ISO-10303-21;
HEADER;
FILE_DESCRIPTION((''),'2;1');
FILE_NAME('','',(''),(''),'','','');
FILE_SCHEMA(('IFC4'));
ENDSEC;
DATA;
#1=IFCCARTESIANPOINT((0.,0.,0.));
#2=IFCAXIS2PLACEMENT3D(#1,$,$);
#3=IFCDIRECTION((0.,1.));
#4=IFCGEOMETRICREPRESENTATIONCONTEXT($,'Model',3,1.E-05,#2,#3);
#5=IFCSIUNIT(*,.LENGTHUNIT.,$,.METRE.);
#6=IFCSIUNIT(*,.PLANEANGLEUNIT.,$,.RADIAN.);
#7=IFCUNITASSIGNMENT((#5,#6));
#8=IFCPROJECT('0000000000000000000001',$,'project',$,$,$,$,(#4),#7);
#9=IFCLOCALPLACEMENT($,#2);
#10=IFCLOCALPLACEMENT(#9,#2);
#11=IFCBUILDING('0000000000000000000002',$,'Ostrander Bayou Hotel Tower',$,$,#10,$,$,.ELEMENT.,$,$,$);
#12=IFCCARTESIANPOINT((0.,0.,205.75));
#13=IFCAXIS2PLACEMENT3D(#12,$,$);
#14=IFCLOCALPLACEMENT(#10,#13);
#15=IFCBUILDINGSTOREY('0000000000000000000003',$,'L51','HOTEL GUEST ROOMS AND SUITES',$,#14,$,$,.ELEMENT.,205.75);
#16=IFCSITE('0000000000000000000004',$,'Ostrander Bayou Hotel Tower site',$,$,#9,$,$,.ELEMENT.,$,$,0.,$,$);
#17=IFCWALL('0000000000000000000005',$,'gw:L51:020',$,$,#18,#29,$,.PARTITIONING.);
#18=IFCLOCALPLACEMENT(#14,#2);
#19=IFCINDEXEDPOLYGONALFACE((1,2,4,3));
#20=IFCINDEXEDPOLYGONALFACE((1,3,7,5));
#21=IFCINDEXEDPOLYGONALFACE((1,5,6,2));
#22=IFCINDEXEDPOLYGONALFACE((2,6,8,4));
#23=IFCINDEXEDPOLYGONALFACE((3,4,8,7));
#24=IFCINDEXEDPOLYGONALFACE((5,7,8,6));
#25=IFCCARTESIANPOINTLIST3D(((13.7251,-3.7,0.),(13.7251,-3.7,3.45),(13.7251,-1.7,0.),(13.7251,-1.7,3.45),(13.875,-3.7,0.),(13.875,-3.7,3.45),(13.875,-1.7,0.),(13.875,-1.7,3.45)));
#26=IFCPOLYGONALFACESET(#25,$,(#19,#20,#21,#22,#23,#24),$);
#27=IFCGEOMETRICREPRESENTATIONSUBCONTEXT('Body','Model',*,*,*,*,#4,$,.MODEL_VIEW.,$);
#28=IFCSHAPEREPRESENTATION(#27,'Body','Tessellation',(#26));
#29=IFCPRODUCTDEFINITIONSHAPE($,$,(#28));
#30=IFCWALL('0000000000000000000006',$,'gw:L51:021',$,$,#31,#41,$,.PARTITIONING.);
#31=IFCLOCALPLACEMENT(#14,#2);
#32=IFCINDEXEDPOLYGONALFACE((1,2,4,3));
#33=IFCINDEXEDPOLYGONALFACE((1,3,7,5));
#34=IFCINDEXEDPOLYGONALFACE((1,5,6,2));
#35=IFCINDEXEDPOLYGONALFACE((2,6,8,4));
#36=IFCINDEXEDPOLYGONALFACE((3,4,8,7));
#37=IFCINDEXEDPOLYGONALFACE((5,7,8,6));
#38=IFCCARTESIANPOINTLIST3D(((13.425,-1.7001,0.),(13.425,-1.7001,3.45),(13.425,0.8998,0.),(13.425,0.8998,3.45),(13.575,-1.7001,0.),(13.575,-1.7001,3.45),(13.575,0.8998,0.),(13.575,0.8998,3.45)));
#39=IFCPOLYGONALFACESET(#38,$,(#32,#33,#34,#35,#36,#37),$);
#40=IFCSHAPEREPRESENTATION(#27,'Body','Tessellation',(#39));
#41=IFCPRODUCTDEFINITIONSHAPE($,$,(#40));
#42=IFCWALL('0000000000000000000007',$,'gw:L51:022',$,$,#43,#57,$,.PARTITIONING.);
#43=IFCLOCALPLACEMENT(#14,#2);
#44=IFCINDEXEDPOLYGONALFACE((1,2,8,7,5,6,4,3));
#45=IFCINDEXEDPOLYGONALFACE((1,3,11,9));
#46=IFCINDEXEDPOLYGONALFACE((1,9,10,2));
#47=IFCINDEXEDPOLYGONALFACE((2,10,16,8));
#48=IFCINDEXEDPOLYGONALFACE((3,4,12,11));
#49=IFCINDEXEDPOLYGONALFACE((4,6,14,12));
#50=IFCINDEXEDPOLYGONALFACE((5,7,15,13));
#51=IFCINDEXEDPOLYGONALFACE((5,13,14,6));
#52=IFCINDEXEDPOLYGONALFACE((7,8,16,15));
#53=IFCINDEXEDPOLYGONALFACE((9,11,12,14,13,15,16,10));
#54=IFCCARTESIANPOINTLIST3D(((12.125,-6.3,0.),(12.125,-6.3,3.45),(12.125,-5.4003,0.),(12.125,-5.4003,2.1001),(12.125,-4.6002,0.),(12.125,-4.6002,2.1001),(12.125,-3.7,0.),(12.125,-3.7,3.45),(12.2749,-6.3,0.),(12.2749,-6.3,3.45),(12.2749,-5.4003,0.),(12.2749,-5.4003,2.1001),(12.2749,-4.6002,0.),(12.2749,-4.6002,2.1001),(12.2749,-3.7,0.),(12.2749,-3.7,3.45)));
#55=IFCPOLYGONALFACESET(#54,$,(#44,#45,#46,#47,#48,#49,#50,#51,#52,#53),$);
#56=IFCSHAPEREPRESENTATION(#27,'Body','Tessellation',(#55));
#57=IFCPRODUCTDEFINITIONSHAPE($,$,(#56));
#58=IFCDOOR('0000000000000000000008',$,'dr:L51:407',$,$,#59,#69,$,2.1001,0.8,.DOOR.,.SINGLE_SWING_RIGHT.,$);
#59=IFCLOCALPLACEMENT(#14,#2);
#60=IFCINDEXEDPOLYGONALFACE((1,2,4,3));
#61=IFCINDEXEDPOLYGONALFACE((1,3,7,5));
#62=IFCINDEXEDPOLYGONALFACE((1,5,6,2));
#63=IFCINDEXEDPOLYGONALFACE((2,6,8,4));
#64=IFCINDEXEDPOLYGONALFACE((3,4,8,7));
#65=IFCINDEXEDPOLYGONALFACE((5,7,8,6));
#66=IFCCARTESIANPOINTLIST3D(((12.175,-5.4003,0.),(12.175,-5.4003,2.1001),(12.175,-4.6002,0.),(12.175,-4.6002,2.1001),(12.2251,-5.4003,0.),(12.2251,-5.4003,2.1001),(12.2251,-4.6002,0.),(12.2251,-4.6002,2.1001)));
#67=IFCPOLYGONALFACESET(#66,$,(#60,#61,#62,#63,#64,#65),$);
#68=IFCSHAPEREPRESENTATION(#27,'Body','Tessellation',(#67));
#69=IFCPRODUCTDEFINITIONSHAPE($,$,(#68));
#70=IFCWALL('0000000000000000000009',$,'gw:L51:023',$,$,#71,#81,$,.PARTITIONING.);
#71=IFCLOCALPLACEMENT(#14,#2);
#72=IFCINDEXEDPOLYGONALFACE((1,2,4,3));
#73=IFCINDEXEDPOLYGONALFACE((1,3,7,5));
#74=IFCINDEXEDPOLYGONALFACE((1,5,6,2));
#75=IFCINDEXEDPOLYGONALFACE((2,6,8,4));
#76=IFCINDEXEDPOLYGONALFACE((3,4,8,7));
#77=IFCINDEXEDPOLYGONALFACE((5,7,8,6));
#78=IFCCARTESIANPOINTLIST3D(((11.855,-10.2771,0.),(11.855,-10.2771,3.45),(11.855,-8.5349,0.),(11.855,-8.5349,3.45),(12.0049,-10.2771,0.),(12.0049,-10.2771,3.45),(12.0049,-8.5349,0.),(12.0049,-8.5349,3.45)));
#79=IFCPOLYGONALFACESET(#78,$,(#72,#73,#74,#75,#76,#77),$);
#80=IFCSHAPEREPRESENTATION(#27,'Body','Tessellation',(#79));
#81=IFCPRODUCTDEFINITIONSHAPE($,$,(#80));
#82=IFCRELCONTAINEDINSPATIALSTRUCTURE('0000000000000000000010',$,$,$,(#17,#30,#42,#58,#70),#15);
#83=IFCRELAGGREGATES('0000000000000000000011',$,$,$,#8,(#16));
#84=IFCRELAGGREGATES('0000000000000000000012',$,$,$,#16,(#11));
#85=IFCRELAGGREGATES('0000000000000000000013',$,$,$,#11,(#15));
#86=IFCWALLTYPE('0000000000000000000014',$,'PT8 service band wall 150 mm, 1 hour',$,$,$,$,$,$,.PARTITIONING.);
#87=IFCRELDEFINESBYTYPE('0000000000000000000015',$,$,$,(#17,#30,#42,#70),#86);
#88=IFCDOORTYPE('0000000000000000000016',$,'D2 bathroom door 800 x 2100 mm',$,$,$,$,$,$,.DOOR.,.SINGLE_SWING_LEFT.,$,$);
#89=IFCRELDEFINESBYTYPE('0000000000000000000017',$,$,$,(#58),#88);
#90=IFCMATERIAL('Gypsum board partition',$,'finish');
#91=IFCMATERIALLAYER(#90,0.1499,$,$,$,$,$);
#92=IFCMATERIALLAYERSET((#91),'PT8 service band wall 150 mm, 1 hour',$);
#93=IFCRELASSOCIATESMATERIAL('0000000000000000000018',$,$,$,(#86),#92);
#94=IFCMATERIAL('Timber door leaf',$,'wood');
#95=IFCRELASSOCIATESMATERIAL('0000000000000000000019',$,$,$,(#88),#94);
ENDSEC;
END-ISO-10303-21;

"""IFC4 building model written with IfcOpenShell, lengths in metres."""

from ifc_helpers import new_model, si_unit, direction, frame, frame_2d, origin, place, context, subcontext, project, spatial, rectangle, extrude, material, layer, layer_set, type_object, element, fill, save


model = new_model("IFC4")

# Units and contexts
model_context = context("Model", 3, precision=1e-05, world=origin(), true_north=direction((0.0, 1.0)))
body_context = subcontext(model_context, "Body", "Model", "MODEL_VIEW")
ifc_project = project(units=[si_unit("LENGTHUNIT", "METRE"), si_unit("PLANEANGLEUNIT", "RADIAN")], contexts=[model_context])

# Site, building, storey
site_placement = place(None, origin())
site = spatial("IfcSite", under=ifc_project, at=site_placement, Name="Ostrander Bayou Hotel Tower site", CompositionType="ELEMENT", RefElevation=0.0)
building_placement = place(site_placement, origin())
building = spatial("IfcBuilding", under=site, at=building_placement, Name="Ostrander Bayou Hotel Tower", CompositionType="ELEMENT")
storey_placement = place(building_placement, frame((0.0, 0.0, 205.75)))
storey = spatial("IfcBuildingStorey", under=building, at=storey_placement, Name="L51", Description="HOTEL GUEST ROOMS AND SUITES", CompositionType="ELEMENT", Elevation=205.75)

# Walls
ifc_material_1 = material(Name="Gypsum board partition", Category="finish")
ifc_layer_1 = layer(ifc_material_1, 0.1499)
ifc_layer_set_1 = layer_set([ifc_layer_1], Name="PT8 service band wall 150 mm, 1 hour")
wall_type_1 = type_object("IfcWallType", Name="PT8 service band wall 150 mm, 1 hour", PredefinedType="PARTITIONING", material=ifc_layer_set_1)
wall_1_placement = place(storey_placement, frame((13.8, -3.7, 0.0), z_axis=(0.0, 0.0, 1.0), x_axis=(0.0, 1.0, 0.0)))
element("IfcWall", 1, at=wall_1_placement, inside=storey, type_object=wall_type_1, Name="gw:L51:020", PredefinedType="PARTITIONING", context=body_context, shape_type="SweptSolid", body=[
    extrude(rectangle(XDim=2.0, YDim=0.1499, at=frame_2d((1.0, 0.0))), origin(), (0.0, 0.0, 1.0), 3.45),
])
wall_2_placement = place(storey_placement, frame((13.5, -1.7, 0.0), z_axis=(0.0, 0.0, 1.0), x_axis=(0.0, 1.0, 0.0)))
element("IfcWall", 2, at=wall_2_placement, inside=storey, type_object=wall_type_1, Name="gw:L51:021", PredefinedType="PARTITIONING", context=body_context, shape_type="SweptSolid", body=[
    extrude(rectangle(XDim=2.5999, YDim=0.1499, at=frame_2d((1.2998, 0.0))), origin(), (0.0, 0.0, 1.0), 3.45),
])

# Wall, opening, door
wall_3_placement = place(storey_placement, frame((12.2, -6.3, 0.0), z_axis=(0.0, 0.0, 1.0), x_axis=(0.0, 1.0, 0.0)))
wall_3 = element("IfcWall", 3, at=wall_3_placement, inside=storey, type_object=wall_type_1, Name="gw:L51:022", PredefinedType="PARTITIONING", context=body_context, shape_type="SweptSolid", body=[
    extrude(rectangle(XDim=2.6001, YDim=0.1499, at=frame_2d((1.3, 0.0))), origin(), (0.0, 0.0, 1.0), 3.45),
])
opening_1_placement = place(wall_3_placement, frame((0.8999, 0.0, 0.0)))
opening_1 = element("IfcOpeningElement", 4, at=opening_1_placement, cuts=wall_3, PredefinedType="OPENING", context=body_context, shape_type="SweptSolid", body=[
    extrude(rectangle(XDim=0.8, YDim=2.1001, at=frame_2d((0.3999, 1.05))), frame((0.0, 0.075, 0.0), z_axis=(0.0, -1.0, 0.0), x_axis=(1.0, 0.0, 0.0)), (0.0, 0.0, 1.0), 0.1499),
])
ifc_material_2 = material(Name="Timber door leaf", Category="wood")
door_type = type_object("IfcDoorType", Name="D2 bathroom door 800 x 2100 mm", OperationType="SINGLE_SWING_LEFT", PredefinedType="DOOR", material=ifc_material_2)
door_placement = place(opening_1_placement, origin())
door = element("IfcDoor", 5, at=door_placement, inside=storey, type_object=door_type, Name="dr:L51:407", OperationType="SINGLE_SWING_RIGHT", OverallHeight=2.1001, OverallWidth=0.8, PredefinedType="DOOR", context=body_context, shape_type="SweptSolid", body=[
    extrude(rectangle(XDim=0.8, YDim=2.1001, at=frame_2d((0.3999, 1.05))), frame((0.0, 0.0249, 0.0), z_axis=(0.0, -1.0, 0.0), x_axis=(1.0, 0.0, 0.0)), (0.0, 0.0, 1.0), 0.05),
])
fill(opening_1, door)

# Wall
wall_4_placement = place(storey_placement, frame((11.9299, -10.2771, 0.0), z_axis=(0.0, 0.0, 1.0), x_axis=(0.0, 1.0, 0.0)))
element("IfcWall", 6, at=wall_4_placement, inside=storey, type_object=wall_type_1, Name="gw:L51:023", PredefinedType="PARTITIONING", context=body_context, shape_type="SweptSolid", body=[
    extrude(rectangle(XDim=1.7422, YDim=0.1499, at=frame_2d((0.8711, 0.0))), origin(), (0.0, 0.0, 1.0), 3.45),
])

save(model, "model.ifc")
